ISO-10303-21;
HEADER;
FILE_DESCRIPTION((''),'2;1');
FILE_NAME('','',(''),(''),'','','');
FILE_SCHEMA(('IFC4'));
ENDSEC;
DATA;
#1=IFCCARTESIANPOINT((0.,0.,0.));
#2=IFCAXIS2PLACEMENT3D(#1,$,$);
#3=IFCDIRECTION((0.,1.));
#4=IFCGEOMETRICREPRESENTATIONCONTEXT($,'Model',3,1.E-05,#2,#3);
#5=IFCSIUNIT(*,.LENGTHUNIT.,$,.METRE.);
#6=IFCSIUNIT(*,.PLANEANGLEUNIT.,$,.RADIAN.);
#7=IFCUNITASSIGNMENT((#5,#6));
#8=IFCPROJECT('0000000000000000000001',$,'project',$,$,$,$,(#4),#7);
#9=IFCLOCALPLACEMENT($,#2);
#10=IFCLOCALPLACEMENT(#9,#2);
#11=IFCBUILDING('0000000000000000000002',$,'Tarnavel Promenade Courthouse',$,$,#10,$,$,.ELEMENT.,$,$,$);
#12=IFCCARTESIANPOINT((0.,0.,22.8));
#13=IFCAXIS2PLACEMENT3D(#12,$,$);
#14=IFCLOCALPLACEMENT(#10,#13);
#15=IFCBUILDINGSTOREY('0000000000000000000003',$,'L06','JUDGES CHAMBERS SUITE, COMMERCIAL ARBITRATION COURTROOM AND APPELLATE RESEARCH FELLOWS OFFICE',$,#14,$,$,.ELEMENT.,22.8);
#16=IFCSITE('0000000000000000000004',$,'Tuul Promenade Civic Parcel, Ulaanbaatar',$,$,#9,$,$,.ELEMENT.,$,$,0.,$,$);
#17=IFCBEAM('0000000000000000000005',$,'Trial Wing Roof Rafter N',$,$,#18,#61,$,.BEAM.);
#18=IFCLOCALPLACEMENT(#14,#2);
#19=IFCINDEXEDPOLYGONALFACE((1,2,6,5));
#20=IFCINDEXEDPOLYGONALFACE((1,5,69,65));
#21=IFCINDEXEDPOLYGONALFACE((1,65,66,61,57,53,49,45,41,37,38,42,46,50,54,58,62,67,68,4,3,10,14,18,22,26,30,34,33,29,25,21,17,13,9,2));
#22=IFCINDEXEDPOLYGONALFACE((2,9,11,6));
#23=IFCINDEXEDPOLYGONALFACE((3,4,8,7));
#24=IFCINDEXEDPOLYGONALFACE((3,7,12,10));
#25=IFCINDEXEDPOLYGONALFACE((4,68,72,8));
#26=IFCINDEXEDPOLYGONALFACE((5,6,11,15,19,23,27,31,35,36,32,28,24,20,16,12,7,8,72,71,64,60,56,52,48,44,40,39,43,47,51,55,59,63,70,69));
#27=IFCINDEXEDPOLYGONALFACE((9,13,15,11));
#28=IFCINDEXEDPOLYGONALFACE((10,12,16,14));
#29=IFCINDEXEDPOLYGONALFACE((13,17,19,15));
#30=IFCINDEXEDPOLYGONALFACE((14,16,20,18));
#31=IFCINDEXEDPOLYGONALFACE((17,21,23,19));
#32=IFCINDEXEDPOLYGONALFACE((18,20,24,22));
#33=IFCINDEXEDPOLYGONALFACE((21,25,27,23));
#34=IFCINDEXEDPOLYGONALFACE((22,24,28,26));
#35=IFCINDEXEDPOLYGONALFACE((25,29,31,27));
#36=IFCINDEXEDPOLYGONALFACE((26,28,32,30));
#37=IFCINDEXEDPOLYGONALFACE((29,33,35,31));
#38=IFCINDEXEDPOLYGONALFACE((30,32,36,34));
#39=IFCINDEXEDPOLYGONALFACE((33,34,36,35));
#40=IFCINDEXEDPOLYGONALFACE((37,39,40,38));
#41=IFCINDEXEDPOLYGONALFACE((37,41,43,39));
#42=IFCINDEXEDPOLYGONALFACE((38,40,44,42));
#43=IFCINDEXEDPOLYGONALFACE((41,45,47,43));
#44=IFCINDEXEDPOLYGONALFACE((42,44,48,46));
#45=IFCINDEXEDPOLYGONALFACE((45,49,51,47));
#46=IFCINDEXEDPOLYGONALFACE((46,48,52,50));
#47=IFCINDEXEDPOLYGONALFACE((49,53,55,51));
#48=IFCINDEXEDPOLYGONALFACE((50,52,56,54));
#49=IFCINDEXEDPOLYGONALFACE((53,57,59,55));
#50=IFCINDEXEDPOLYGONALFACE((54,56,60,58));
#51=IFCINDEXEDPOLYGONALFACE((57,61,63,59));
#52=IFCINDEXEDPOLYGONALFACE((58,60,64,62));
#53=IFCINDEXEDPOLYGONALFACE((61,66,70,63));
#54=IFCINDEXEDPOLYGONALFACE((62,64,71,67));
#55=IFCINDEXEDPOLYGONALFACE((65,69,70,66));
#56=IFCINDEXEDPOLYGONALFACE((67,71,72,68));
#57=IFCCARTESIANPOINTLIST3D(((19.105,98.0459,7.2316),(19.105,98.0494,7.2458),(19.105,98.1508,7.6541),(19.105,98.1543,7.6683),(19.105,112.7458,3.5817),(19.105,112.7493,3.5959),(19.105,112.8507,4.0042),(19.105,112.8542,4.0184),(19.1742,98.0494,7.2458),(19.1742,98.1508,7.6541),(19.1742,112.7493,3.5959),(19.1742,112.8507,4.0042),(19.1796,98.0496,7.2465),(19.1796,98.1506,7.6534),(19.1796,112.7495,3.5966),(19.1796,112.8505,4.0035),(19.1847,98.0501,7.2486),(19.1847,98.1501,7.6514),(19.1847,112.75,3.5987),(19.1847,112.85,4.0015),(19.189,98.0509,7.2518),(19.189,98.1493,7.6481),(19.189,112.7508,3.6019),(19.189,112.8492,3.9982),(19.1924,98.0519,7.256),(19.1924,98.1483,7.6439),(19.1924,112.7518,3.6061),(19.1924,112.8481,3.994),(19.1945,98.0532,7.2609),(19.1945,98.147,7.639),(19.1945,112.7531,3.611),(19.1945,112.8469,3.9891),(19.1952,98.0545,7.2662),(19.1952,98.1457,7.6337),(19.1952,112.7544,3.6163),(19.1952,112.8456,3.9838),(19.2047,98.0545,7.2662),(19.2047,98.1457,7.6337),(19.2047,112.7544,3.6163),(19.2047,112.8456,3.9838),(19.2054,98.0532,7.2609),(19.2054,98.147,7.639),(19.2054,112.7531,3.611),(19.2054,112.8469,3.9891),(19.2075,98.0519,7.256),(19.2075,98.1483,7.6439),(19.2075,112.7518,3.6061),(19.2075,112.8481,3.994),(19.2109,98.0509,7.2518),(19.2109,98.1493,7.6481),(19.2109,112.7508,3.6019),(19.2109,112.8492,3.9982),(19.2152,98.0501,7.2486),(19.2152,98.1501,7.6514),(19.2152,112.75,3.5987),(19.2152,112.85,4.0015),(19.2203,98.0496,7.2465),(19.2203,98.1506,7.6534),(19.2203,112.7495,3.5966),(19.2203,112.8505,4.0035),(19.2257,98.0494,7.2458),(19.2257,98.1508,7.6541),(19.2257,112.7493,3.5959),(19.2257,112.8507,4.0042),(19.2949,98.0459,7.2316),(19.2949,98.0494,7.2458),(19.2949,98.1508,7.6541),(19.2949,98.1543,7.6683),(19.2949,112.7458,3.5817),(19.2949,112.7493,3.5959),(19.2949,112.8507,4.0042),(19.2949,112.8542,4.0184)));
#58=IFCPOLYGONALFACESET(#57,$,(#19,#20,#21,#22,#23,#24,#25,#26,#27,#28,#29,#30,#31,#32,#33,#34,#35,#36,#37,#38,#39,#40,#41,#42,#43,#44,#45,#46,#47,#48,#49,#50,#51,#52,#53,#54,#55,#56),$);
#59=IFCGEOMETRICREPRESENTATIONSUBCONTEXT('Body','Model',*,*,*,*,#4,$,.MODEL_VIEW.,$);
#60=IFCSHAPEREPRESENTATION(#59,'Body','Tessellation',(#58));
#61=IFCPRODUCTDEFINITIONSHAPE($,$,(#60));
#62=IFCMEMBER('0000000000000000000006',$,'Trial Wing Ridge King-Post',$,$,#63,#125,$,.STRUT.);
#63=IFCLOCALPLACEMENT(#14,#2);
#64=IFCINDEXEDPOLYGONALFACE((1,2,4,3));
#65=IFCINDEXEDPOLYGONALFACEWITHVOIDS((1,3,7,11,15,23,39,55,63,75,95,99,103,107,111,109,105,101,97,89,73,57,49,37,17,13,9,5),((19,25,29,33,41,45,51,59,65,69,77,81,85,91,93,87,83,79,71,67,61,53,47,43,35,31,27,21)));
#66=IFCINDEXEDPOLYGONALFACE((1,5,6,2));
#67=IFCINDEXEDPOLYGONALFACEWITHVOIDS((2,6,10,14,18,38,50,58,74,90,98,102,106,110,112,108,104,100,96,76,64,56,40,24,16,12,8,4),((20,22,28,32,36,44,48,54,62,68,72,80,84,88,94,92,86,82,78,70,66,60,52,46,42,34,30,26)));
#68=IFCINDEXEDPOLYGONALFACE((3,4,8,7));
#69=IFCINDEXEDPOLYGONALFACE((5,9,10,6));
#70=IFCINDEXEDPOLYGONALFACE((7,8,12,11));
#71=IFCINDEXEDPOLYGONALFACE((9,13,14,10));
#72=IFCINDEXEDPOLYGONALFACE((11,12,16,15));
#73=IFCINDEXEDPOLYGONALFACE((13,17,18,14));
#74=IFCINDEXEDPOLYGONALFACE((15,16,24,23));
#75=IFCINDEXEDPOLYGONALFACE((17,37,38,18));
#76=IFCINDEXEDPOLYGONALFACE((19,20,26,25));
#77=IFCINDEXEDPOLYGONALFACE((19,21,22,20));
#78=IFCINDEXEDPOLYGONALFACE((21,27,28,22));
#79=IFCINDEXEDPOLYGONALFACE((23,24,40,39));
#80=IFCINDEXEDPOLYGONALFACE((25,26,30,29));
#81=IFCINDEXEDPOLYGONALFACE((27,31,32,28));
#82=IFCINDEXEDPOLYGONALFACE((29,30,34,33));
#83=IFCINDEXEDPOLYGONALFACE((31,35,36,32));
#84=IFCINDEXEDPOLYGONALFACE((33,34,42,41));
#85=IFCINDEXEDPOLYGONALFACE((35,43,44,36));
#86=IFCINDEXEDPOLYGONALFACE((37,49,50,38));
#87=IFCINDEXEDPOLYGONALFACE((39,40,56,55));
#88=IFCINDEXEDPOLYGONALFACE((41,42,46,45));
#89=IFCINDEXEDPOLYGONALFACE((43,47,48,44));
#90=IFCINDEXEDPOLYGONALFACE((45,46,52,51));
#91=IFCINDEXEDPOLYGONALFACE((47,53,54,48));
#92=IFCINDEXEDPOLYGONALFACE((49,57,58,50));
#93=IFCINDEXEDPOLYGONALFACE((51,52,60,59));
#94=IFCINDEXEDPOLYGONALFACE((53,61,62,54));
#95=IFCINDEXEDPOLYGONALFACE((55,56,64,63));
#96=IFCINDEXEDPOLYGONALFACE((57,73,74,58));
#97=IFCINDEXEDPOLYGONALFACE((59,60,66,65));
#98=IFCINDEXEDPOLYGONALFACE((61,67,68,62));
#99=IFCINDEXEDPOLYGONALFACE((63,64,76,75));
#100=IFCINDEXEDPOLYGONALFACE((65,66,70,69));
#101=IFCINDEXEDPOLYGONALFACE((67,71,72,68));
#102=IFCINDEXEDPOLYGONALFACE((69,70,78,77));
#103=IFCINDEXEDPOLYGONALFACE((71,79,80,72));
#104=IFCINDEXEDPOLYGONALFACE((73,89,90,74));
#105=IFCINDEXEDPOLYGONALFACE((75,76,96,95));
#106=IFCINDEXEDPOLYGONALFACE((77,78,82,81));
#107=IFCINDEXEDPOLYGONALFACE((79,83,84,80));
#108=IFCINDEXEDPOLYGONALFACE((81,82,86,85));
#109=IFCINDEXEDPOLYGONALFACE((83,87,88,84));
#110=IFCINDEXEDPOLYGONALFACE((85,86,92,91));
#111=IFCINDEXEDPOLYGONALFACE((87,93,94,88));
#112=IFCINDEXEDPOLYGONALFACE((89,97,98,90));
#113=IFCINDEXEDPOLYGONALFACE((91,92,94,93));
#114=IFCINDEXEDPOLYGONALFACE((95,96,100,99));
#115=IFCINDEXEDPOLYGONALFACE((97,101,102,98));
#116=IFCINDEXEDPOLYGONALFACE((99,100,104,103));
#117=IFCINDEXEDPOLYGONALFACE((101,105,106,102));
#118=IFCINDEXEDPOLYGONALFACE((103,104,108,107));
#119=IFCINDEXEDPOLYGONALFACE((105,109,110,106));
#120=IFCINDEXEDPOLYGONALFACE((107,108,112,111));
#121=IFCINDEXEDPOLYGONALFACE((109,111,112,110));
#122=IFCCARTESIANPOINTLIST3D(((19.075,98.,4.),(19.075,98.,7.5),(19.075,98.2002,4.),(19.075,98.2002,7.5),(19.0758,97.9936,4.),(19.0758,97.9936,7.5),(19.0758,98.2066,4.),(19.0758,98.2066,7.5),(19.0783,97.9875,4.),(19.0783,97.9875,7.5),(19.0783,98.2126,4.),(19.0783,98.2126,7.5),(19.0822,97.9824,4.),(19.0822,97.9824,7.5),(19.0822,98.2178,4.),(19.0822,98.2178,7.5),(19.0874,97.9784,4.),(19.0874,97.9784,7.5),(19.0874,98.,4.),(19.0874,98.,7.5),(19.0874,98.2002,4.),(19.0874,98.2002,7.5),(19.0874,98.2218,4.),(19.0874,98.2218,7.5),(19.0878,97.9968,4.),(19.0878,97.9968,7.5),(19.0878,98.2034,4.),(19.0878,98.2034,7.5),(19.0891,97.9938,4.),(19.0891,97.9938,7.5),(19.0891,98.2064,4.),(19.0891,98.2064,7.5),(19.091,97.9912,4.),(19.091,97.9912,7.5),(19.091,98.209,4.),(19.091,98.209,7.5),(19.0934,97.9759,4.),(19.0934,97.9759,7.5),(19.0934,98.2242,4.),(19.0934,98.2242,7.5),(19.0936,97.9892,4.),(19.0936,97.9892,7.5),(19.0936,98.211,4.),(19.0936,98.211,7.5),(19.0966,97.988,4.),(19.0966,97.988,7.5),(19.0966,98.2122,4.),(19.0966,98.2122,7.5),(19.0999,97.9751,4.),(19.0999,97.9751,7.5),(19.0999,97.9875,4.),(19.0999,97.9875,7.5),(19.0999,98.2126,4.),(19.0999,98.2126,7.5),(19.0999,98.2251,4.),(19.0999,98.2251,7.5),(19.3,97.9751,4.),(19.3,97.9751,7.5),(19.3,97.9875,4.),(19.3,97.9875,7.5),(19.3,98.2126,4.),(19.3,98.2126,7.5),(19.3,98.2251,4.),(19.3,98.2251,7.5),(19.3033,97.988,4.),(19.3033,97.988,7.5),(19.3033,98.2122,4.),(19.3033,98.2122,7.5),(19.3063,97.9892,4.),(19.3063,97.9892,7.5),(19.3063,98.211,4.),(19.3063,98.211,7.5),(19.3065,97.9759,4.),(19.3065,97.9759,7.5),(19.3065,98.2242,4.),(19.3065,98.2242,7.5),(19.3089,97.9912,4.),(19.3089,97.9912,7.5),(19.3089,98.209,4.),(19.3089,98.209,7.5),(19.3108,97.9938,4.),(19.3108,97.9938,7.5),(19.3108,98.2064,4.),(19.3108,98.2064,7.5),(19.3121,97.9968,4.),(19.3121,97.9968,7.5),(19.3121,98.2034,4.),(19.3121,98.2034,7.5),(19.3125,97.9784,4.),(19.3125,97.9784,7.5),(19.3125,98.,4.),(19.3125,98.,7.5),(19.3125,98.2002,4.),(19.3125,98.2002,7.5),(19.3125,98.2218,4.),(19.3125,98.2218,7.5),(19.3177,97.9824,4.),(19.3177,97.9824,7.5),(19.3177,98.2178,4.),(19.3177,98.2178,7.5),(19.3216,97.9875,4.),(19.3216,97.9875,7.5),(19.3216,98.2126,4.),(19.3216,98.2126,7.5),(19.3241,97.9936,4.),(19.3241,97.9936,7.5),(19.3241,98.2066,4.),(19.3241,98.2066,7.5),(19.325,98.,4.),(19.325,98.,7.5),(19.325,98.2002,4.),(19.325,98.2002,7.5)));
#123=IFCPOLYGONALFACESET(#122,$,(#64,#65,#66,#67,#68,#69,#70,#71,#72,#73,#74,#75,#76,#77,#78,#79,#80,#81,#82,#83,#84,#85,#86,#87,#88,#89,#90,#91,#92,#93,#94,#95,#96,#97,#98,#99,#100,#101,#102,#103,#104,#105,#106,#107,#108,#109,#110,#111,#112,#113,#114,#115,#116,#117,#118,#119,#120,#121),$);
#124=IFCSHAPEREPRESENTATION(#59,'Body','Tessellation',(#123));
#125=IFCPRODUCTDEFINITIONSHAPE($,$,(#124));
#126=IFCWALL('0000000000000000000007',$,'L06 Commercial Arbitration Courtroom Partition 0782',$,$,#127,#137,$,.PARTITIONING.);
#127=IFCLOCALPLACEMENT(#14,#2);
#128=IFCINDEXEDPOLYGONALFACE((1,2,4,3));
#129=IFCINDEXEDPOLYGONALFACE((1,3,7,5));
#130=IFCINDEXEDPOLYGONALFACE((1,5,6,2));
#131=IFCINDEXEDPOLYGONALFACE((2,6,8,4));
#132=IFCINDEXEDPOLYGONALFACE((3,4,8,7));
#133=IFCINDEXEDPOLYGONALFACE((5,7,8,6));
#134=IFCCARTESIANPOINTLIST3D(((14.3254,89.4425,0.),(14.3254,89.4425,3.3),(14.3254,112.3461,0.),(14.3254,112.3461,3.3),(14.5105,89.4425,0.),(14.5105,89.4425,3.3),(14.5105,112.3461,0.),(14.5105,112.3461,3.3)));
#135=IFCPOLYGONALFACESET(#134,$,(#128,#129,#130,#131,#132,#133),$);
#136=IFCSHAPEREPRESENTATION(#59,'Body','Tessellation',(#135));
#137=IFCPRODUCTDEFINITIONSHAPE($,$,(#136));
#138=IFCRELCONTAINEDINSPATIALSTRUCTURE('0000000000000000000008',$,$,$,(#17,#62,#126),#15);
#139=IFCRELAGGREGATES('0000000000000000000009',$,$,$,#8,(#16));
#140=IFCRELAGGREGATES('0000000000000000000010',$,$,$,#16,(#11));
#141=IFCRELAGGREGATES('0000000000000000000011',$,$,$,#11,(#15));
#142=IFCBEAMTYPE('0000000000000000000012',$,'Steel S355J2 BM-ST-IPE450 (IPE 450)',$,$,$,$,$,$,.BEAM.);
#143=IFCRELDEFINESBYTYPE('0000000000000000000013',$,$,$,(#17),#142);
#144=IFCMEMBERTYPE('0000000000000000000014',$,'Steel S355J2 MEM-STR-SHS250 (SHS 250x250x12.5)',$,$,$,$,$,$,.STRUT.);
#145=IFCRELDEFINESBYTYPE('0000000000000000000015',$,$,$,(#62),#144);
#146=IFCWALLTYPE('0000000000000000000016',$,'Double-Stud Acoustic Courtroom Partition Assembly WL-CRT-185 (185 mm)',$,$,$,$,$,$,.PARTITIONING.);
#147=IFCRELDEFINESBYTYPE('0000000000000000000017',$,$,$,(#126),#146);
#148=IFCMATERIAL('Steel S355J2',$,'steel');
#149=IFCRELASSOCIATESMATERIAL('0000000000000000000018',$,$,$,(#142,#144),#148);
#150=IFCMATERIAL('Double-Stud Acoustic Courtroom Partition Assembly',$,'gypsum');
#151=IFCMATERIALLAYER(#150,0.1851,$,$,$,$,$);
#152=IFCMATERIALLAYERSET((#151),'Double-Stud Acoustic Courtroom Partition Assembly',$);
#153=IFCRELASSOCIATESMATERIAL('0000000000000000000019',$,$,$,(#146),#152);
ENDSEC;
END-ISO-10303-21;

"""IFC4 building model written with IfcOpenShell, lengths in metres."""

from ifc_helpers import new_model, si_unit, direction, frame, frame_2d, origin, origin_2d, place, context, subcontext, project, spatial, rectangle, hollow_rectangle, i_section, extrude, material, layer, layer_set, material_profile, profile_set, type_object, element, save


model = new_model("IFC4")

# Units and contexts
model_context = context("Model", 3, precision=1e-05, world=origin(), true_north=direction((0.0, 1.0)))
body_context = subcontext(model_context, "Body", "Model", "MODEL_VIEW")
ifc_project = project(units=[si_unit("LENGTHUNIT", "METRE"), si_unit("PLANEANGLEUNIT", "RADIAN")], contexts=[model_context])

# Site, building, storey
site_placement = place(None, origin())
site = spatial("IfcSite", under=ifc_project, at=site_placement, Name="Tuul Promenade Civic Parcel, Ulaanbaatar", CompositionType="ELEMENT", RefElevation=0.0)
building_placement = place(site_placement, origin())
building = spatial("IfcBuilding", under=site, at=building_placement, Name="Tarnavel Promenade Courthouse", CompositionType="ELEMENT")
storey_placement = place(building_placement, frame((0.0, 0.0, 22.8)))
storey = spatial("IfcBuildingStorey", under=building, at=storey_placement, Name="L06", Description="JUDGES CHAMBERS SUITE, COMMERCIAL ARBITRATION COURTROOM AND APPELLATE RESEARCH FELLOWS OFFICE", CompositionType="ELEMENT", Elevation=22.8)

# Beam
ifc_material_1 = material(Name="Steel S355J2", Category="steel")
ifc_material_profile_1 = material_profile(ifc_material_1, i_section(OverallWidth=0.1899, OverallDepth=0.45, WebThickness=0.0095, FlangeThickness=0.0146, FilletRadius=0.021, at=origin_2d()), Name="IPE 450")
ifc_profile_set_1 = profile_set([ifc_material_profile_1], Name="Steel S355J2")
beam_type_1 = type_object("IfcBeamType", Name="Steel S355J2 BM-ST-IPE450 (IPE 450)", PredefinedType="BEAM", material=ifc_profile_set_1)
beam_1_placement = place(storey_placement, frame((19.2, 98.1001, 7.45), z_axis=(0.0, 0.970531, -0.240977), x_axis=(-1.0, 0.0, 0.0)))
element("IfcBeam", 1, at=beam_1_placement, inside=storey, type_object=beam_type_1, Name="Trial Wing Roof Rafter N", PredefinedType="BEAM", context=body_context, shape_type="SweptSolid", body=[
    extrude(i_section(OverallWidth=0.1899, OverallDepth=0.45, WebThickness=0.0095, FlangeThickness=0.0146, FilletRadius=0.021, at=origin_2d()), origin(), (0.0, 0.0, 1.0), 15.1462),
])

# Member
ifc_material_profile_2 = material_profile(ifc_material_1, hollow_rectangle(XDim=0.25, YDim=0.25, WallThickness=0.0125, InnerFilletRadius=0.0125, OuterFilletRadius=0.0249, at=origin_2d()), Name="SHS 250x250x12.5")
ifc_profile_set_2 = profile_set([ifc_material_profile_2], Name="Steel S355J2")
member_type = type_object("IfcMemberType", Name="Steel S355J2 MEM-STR-SHS250 (SHS 250x250x12.5)", PredefinedType="STRUT", material=ifc_profile_set_2)
member_placement = place(storey_placement, frame((19.2, 98.1001, 4.0), z_axis=(0.0, 0.0, 1.0), x_axis=(1.0, 0.0, 0.0)))
element("IfcMember", 2, at=member_placement, inside=storey, type_object=member_type, Name="Trial Wing Ridge King-Post", PredefinedType="STRUT", context=body_context, shape_type="SweptSolid", body=[
    extrude(hollow_rectangle(XDim=0.25, YDim=0.25, WallThickness=0.0125, InnerFilletRadius=0.0125, OuterFilletRadius=0.0249, at=origin_2d()), origin(), (0.0, 0.0, 1.0), 3.5),
])

# Wall
ifc_material_2 = material(Name="Double-Stud Acoustic Courtroom Partition Assembly", Category="gypsum")
ifc_layer_1 = layer(ifc_material_2, 0.1851)
ifc_layer_set_1 = layer_set([ifc_layer_1], Name="Double-Stud Acoustic Courtroom Partition Assembly")
wall_type_1 = type_object("IfcWallType", Name="Double-Stud Acoustic Courtroom Partition Assembly WL-CRT-185 (185 mm)", PredefinedType="PARTITIONING", material=ifc_layer_set_1)
wall_1_placement = place(storey_placement, frame((14.418, 112.3459, 0.0), z_axis=(0.0, 0.0, 1.0), x_axis=(0.0, -1.0, 0.0)))
element("IfcWall", 3, at=wall_1_placement, inside=storey, type_object=wall_type_1, Name="L06 Commercial Arbitration Courtroom Partition 0782", PredefinedType="PARTITIONING", context=body_context, shape_type="SweptSolid", body=[
    extrude(rectangle(XDim=22.9036, YDim=0.1851, at=frame_2d((11.4517, 0.0))), origin(), (0.0, 0.0, 1.0), 3.3),
])

save(model, "model.ifc")
